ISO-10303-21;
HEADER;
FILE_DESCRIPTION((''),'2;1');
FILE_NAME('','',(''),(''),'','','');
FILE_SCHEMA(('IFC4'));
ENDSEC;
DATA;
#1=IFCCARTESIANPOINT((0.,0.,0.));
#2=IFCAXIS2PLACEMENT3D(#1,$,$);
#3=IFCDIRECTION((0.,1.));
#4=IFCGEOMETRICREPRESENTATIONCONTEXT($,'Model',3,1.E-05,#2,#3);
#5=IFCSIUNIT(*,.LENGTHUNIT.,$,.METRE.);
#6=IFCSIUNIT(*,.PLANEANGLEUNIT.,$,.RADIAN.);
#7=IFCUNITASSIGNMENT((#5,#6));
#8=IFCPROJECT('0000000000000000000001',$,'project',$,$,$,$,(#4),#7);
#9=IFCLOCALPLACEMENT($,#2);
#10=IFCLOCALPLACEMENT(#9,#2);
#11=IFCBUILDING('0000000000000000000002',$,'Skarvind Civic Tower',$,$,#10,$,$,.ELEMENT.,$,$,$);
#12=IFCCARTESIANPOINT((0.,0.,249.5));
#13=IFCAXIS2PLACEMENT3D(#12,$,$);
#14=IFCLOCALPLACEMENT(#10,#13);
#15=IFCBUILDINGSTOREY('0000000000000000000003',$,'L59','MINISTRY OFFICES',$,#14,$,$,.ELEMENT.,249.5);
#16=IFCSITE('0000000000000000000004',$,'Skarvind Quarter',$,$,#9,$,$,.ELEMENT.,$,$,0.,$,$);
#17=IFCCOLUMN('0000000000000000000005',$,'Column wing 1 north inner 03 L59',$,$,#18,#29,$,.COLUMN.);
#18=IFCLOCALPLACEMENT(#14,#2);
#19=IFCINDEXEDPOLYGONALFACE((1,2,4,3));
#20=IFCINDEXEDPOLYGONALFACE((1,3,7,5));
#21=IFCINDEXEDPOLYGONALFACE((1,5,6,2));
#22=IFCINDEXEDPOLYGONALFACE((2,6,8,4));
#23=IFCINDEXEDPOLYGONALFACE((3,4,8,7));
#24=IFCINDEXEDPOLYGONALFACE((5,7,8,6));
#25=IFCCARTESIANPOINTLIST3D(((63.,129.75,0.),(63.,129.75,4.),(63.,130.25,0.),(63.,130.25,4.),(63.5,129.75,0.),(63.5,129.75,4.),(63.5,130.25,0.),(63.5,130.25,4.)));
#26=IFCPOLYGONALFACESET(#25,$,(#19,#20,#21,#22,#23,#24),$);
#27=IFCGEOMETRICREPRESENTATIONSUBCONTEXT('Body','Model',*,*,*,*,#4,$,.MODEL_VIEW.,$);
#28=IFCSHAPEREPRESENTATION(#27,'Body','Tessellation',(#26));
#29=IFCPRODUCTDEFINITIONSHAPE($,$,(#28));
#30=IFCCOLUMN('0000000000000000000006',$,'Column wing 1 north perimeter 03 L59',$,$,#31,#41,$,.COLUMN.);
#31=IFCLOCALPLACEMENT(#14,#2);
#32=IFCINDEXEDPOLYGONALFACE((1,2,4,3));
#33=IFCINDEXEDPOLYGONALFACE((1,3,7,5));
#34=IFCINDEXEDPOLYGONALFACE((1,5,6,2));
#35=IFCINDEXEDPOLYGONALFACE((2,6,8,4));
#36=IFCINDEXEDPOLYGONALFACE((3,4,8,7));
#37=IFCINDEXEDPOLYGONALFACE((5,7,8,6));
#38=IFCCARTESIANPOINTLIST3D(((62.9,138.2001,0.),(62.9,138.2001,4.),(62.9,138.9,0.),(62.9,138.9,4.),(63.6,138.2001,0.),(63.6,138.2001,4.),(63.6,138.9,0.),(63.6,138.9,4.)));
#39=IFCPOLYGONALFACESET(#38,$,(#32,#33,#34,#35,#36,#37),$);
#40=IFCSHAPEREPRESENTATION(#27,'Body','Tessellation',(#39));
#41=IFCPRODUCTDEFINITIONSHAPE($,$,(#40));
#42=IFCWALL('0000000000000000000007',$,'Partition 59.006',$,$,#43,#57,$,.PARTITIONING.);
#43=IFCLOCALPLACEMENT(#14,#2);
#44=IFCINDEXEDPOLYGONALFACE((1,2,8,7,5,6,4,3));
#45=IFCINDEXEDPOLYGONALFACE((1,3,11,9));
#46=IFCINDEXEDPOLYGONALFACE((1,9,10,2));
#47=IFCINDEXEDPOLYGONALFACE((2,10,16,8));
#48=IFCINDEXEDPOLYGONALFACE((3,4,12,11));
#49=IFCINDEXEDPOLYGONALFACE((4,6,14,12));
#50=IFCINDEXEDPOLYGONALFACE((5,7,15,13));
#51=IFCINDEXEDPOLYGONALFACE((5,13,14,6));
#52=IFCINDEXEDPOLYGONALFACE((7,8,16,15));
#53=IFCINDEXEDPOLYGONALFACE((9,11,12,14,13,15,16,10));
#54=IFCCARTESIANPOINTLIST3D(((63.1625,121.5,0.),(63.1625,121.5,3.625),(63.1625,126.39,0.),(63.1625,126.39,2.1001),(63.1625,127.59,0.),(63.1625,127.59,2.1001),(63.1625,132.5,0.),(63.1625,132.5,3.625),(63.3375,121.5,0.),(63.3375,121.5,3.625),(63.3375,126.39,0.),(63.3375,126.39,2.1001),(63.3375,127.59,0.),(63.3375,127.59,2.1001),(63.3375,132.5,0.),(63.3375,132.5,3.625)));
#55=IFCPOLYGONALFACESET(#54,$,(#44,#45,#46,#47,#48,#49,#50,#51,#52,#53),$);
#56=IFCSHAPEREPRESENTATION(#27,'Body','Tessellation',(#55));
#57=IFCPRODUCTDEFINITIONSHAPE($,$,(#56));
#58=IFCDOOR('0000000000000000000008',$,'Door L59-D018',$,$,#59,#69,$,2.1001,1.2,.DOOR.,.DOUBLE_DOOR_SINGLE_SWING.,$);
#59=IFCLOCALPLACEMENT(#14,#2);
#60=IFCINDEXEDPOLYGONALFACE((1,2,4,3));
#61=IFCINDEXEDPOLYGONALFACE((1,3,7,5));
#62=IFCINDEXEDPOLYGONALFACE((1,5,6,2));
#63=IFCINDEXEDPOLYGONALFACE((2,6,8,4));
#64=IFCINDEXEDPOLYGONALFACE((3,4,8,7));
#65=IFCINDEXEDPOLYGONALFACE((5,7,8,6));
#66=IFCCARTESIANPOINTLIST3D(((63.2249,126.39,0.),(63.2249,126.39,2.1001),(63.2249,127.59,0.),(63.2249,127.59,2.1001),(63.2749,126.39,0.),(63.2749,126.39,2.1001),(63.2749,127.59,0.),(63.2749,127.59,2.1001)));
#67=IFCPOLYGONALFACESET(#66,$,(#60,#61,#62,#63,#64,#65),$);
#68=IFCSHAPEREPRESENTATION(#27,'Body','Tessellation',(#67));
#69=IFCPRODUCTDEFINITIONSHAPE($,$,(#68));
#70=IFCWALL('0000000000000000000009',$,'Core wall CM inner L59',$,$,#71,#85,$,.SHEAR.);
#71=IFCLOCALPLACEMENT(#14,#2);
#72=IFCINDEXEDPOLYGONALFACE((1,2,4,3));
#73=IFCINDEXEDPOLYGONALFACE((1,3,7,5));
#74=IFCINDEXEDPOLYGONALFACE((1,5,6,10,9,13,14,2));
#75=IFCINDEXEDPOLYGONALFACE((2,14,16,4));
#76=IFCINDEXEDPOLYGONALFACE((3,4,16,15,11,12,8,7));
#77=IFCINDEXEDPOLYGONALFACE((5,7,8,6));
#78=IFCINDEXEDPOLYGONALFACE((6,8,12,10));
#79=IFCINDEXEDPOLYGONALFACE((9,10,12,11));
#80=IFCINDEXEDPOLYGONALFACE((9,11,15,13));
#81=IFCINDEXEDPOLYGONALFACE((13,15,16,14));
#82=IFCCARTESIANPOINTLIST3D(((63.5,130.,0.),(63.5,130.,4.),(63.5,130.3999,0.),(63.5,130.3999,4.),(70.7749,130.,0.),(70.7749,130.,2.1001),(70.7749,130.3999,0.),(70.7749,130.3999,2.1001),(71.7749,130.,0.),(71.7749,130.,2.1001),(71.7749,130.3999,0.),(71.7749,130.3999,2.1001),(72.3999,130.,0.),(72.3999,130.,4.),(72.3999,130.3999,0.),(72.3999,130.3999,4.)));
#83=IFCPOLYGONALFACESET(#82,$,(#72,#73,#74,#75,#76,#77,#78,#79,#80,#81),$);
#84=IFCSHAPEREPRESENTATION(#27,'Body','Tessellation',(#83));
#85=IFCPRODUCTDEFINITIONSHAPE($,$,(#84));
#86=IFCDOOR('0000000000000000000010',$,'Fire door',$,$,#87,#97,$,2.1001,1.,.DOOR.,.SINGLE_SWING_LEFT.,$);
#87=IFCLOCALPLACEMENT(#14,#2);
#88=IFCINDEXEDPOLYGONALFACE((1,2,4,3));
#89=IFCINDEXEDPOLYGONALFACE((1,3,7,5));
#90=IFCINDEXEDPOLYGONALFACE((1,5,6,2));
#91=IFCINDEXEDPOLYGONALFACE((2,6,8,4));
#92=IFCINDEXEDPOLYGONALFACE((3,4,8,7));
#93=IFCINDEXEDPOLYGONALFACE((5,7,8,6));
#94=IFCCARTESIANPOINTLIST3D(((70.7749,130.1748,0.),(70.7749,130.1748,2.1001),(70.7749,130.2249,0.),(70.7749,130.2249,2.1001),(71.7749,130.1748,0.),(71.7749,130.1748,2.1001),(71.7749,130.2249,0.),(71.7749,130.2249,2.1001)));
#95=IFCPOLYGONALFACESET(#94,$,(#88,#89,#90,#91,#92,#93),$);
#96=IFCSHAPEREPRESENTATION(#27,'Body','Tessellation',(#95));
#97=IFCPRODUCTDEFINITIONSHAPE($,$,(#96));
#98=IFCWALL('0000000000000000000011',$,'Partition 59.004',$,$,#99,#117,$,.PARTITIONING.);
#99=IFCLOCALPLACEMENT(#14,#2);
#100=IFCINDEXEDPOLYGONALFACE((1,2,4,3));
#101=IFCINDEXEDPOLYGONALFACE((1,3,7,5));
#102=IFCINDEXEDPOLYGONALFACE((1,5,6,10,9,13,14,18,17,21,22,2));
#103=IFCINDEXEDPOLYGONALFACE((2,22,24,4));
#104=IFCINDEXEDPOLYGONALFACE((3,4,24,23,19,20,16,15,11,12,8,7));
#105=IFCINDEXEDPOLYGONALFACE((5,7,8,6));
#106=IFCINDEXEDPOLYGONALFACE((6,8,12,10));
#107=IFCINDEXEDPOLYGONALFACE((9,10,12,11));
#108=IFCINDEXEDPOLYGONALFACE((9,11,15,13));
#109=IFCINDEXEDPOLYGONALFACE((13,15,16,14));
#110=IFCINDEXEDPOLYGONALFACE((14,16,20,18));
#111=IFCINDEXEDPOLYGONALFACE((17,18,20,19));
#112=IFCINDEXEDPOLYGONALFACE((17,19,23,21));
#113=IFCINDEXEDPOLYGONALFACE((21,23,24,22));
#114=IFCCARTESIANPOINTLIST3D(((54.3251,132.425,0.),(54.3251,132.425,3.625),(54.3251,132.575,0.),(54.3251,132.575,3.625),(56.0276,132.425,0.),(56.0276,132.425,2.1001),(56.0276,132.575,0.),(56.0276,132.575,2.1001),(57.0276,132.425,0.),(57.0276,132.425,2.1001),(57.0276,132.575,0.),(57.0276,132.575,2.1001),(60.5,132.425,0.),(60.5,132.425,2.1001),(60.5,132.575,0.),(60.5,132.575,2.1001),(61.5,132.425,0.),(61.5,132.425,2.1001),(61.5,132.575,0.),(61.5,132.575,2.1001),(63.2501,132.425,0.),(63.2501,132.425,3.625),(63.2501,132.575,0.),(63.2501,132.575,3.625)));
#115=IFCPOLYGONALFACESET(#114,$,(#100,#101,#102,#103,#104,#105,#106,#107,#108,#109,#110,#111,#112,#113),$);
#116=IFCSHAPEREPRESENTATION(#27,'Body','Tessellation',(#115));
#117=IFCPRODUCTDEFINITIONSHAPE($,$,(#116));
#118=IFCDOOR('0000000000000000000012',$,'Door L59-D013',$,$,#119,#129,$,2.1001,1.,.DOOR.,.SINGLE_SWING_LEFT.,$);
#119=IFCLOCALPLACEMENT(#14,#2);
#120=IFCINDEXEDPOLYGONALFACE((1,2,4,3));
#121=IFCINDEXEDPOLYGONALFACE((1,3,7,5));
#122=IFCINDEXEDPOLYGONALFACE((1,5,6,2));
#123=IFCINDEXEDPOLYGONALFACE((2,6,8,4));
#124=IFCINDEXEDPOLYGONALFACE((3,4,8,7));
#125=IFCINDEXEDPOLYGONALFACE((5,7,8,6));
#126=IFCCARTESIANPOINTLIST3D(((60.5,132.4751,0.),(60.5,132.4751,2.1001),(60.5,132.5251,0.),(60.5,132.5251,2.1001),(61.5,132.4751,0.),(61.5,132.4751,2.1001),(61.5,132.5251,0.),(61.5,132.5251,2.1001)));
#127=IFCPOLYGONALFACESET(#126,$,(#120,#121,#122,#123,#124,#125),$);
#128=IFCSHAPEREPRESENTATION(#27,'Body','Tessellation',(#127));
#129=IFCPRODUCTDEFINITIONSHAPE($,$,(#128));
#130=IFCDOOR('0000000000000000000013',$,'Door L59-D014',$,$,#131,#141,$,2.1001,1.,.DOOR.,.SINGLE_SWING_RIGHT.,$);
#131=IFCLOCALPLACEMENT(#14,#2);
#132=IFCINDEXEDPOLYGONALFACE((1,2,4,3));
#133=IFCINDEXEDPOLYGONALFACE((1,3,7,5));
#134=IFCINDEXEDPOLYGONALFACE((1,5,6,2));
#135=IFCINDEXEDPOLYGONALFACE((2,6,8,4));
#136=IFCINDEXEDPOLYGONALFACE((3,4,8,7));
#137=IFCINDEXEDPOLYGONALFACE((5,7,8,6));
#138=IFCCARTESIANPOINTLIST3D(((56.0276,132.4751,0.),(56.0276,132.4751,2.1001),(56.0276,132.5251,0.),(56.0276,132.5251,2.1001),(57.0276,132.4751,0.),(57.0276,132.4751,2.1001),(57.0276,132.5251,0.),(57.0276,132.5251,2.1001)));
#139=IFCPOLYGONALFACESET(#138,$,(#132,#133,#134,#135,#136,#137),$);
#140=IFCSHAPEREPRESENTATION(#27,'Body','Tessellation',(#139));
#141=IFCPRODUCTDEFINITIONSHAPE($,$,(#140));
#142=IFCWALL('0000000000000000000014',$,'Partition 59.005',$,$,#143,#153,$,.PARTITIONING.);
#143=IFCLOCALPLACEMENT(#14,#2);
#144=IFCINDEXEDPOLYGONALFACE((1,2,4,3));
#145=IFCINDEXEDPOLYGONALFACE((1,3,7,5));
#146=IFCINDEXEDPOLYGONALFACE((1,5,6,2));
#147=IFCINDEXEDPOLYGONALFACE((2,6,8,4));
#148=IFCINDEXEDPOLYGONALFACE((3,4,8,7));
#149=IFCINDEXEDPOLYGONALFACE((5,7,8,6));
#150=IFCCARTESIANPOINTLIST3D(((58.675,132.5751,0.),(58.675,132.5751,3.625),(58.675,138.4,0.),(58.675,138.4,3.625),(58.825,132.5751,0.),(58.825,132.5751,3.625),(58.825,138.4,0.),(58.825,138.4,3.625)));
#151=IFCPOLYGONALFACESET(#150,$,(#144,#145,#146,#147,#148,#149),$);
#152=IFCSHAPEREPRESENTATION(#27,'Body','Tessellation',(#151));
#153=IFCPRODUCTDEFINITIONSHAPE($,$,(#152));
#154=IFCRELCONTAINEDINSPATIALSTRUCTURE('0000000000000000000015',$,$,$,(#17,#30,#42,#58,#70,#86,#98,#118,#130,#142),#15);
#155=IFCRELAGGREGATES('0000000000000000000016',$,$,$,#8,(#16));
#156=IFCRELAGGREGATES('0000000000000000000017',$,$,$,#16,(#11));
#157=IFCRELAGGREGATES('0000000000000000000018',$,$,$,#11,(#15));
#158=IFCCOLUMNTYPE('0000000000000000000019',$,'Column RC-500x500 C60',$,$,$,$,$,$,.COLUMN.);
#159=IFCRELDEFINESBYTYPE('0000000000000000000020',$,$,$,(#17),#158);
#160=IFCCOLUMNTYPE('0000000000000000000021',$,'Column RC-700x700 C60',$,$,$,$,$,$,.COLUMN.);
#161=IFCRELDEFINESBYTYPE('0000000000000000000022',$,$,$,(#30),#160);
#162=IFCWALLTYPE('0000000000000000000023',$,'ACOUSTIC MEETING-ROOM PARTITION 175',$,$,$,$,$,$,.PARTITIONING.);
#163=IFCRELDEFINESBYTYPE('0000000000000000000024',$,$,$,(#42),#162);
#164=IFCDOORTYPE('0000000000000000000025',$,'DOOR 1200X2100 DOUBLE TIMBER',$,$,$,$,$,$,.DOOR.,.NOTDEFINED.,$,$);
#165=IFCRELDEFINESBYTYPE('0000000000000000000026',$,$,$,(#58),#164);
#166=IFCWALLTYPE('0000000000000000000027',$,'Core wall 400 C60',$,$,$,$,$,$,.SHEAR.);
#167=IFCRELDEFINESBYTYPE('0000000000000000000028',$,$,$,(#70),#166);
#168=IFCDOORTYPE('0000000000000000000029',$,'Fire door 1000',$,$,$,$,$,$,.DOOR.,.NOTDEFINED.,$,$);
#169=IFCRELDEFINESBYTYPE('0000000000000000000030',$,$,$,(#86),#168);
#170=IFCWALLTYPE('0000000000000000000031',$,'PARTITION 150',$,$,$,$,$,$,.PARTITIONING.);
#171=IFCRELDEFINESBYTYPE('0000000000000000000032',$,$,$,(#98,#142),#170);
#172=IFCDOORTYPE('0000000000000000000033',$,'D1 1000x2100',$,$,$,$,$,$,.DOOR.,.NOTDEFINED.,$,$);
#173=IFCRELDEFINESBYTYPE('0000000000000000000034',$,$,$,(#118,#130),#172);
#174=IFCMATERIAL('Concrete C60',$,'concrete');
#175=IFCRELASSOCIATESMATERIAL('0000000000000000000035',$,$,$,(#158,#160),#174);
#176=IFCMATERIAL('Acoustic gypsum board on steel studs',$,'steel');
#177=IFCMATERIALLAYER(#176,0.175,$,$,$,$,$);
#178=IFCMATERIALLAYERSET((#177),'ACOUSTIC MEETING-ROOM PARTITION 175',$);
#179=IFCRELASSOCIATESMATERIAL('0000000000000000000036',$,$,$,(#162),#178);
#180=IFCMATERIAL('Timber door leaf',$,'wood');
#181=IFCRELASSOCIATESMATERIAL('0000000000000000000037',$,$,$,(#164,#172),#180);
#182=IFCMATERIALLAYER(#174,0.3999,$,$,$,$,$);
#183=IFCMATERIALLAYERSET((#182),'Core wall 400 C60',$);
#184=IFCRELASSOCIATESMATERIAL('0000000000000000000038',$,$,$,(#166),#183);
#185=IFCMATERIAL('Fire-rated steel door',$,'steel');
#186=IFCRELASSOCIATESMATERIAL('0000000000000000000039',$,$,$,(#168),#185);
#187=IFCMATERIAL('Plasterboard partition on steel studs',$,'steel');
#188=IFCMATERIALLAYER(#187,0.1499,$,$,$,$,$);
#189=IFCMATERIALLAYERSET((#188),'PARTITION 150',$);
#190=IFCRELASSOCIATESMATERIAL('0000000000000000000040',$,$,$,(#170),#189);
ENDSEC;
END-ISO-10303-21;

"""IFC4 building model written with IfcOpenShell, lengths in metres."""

from ifc_helpers import new_model, si_unit, direction, frame, frame_2d, origin, origin_2d, place, context, subcontext, project, spatial, rectangle, extrude, material, layer, layer_set, material_profile, profile_set, type_object, element, fill, save


model = new_model("IFC4")

# Units and contexts
model_context = context("Model", 3, precision=1e-05, world=origin(), true_north=direction((0.0, 1.0)))
body_context = subcontext(model_context, "Body", "Model", "MODEL_VIEW")
ifc_project = project(units=[si_unit("LENGTHUNIT", "METRE"), si_unit("PLANEANGLEUNIT", "RADIAN")], contexts=[model_context])

# Site, building, storey
site_placement = place(None, origin())
site = spatial("IfcSite", under=ifc_project, at=site_placement, Name="Skarvind Quarter", CompositionType="ELEMENT", RefElevation=0.0)
building_placement = place(site_placement, origin())
building = spatial("IfcBuilding", under=site, at=building_placement, Name="Skarvind Civic Tower", CompositionType="ELEMENT")
storey_placement = place(building_placement, frame((0.0, 0.0, 249.5)))
storey = spatial("IfcBuildingStorey", under=building, at=storey_placement, Name="L59", Description="MINISTRY OFFICES", CompositionType="ELEMENT", Elevation=249.5)

# Columns
ifc_material_1 = material(Name="Concrete C60", Category="concrete")
ifc_material_profile_1 = material_profile(ifc_material_1, rectangle(XDim=0.5, YDim=0.5, at=origin_2d()), Name="RC-500x500")
ifc_profile_set_1 = profile_set([ifc_material_profile_1], Name="Concrete C60")
column_type_1 = type_object("IfcColumnType", Name="Column RC-500x500 C60", PredefinedType="COLUMN", material=ifc_profile_set_1)
column_1_placement = place(storey_placement, frame((63.25, 130.0, 0.0), z_axis=(0.0, 0.0, 1.0), x_axis=(1.0, 0.0, 0.0)))
element("IfcColumn", 1, at=column_1_placement, inside=storey, type_object=column_type_1, Name="Column wing 1 north inner 03 L59", PredefinedType="COLUMN", context=body_context, shape_type="SweptSolid", body=[
    extrude(rectangle(XDim=0.5, YDim=0.5, at=origin_2d()), origin(), (0.0, 0.0, 1.0), 4.0),
])
ifc_material_profile_2 = material_profile(ifc_material_1, rectangle(XDim=0.7, YDim=0.7, at=origin_2d()), Name="RC-700x700")
ifc_profile_set_2 = profile_set([ifc_material_profile_2], Name="Concrete C60")
column_type_2 = type_object("IfcColumnType", Name="Column RC-700x700 C60", PredefinedType="COLUMN", material=ifc_profile_set_2)
column_2_placement = place(storey_placement, frame((63.25, 138.55, 0.0), z_axis=(0.0, 0.0, 1.0), x_axis=(1.0, 0.0, 0.0)))
element("IfcColumn", 2, at=column_2_placement, inside=storey, type_object=column_type_2, Name="Column wing 1 north perimeter 03 L59", PredefinedType="COLUMN", context=body_context, shape_type="SweptSolid", body=[
    extrude(rectangle(XDim=0.7, YDim=0.7, at=origin_2d()), origin(), (0.0, 0.0, 1.0), 4.0),
])

# Walls, openings, doors
ifc_material_2 = material(Name="Acoustic gypsum board on steel studs", Category="steel")
ifc_layer_1 = layer(ifc_material_2, 0.175)
ifc_layer_set_1 = layer_set([ifc_layer_1], Name="ACOUSTIC MEETING-ROOM PARTITION 175")
wall_type_1 = type_object("IfcWallType", Name="ACOUSTIC MEETING-ROOM PARTITION 175", PredefinedType="PARTITIONING", material=ifc_layer_set_1)
wall_1_placement = place(storey_placement, frame((63.25, 132.5, 0.0), z_axis=(0.0, 0.0, 1.0), x_axis=(0.0, -1.0, 0.0)))
wall_1 = element("IfcWall", 3, at=wall_1_placement, inside=storey, type_object=wall_type_1, Name="Partition 59.006", PredefinedType="PARTITIONING", context=body_context, shape_type="SweptSolid", body=[
    extrude(rectangle(XDim=11.0, YDim=0.175, at=frame_2d((5.5, 0.0))), origin(), (0.0, 0.0, 1.0), 3.625),
])
opening_1_placement = place(wall_1_placement, frame((4.9099, 0.0, 0.0)))
opening_1 = element("IfcOpeningElement", 4, at=opening_1_placement, cuts=wall_1, PredefinedType="OPENING", context=body_context, shape_type="SweptSolid", body=[
    extrude(rectangle(XDim=1.2, YDim=2.1001, at=frame_2d((0.6001, 1.05))), frame((0.0, 0.0974, 0.0), z_axis=(0.0, -1.0, 0.0), x_axis=(1.0, 0.0, 0.0)), (0.0, 0.0, 1.0), 0.1951),
])
ifc_material_3 = material(Name="Timber door leaf", Category="wood")
door_type_1 = type_object("IfcDoorType", Name="DOOR 1200X2100 DOUBLE TIMBER", OperationType="NOTDEFINED", PredefinedType="DOOR", material=ifc_material_3)
door_1_placement = place(opening_1_placement, origin())
door_1 = element("IfcDoor", 5, at=door_1_placement, inside=storey, type_object=door_type_1, Name="Door L59-D018", OperationType="DOUBLE_DOOR_SINGLE_SWING", OverallHeight=2.1001, OverallWidth=1.2, PredefinedType="DOOR", context=body_context, shape_type="SweptSolid", body=[
    extrude(rectangle(XDim=1.2, YDim=2.1001, at=frame_2d((0.6001, 1.05))), frame((0.0, 0.0249, 0.0), z_axis=(0.0, -1.0, 0.0), x_axis=(1.0, 0.0, 0.0)), (0.0, 0.0, 1.0), 0.05),
])
fill(opening_1, door_1)
ifc_layer_2 = layer(ifc_material_1, 0.3999)
ifc_layer_set_2 = layer_set([ifc_layer_2], Name="Core wall 400 C60")
wall_type_2 = type_object("IfcWallType", Name="Core wall 400 C60", PredefinedType="SHEAR", material=ifc_layer_set_2)
wall_2_placement = place(storey_placement, frame((63.5, 130.2, 0.0), z_axis=(0.0, 0.0, 1.0), x_axis=(1.0, 0.0, 0.0)))
wall_2 = element("IfcWall", 6, at=wall_2_placement, inside=storey, type_object=wall_type_2, Name="Core wall CM inner L59", PredefinedType="SHEAR", context=body_context, shape_type="SweptSolid", body=[
    extrude(rectangle(XDim=8.8999, YDim=0.3999, at=frame_2d((4.45, 0.0))), origin(), (0.0, 0.0, 1.0), 4.0),
])
opening_2_placement = place(wall_2_placement, frame((7.2749, 0.0, 0.0)))
opening_2 = element("IfcOpeningElement", 7, at=opening_2_placement, cuts=wall_2, PredefinedType="OPENING", context=body_context, shape_type="SweptSolid", body=[
    extrude(rectangle(XDim=1.0, YDim=2.1001, at=frame_2d((0.5, 1.05))), frame((0.0, 0.21, 0.0), z_axis=(0.0, -1.0, 0.0), x_axis=(1.0, 0.0, 0.0)), (0.0, 0.0, 1.0), 0.4199),
])
ifc_material_4 = material(Name="Fire-rated steel door", Category="steel")
door_type_2 = type_object("IfcDoorType", Name="Fire door 1000", OperationType="NOTDEFINED", PredefinedType="DOOR", material=ifc_material_4)
door_2_placement = place(opening_2_placement, origin())
door_2 = element("IfcDoor", 8, at=door_2_placement, inside=storey, type_object=door_type_2, Name="Fire door", OperationType="SINGLE_SWING_LEFT", OverallHeight=2.1001, OverallWidth=1.0, PredefinedType="DOOR", context=body_context, shape_type="SweptSolid", body=[
    extrude(rectangle(XDim=1.0, YDim=2.1001, at=frame_2d((0.5, 1.05))), frame((0.0, 0.0249, 0.0), z_axis=(0.0, -1.0, 0.0), x_axis=(1.0, 0.0, 0.0)), (0.0, 0.0, 1.0), 0.05),
])
fill(opening_2, door_2)

# Wall, openings, doors
ifc_material_5 = material(Name="Plasterboard partition on steel studs", Category="steel")
ifc_layer_3 = layer(ifc_material_5, 0.1499)
ifc_layer_set_3 = layer_set([ifc_layer_3], Name="PARTITION 150")
wall_type_3 = type_object("IfcWallType", Name="PARTITION 150", PredefinedType="PARTITIONING", material=ifc_layer_set_3)
wall_3_placement = place(storey_placement, frame((63.25, 132.5, 0.0), z_axis=(0.0, 0.0, 1.0), x_axis=(-1.0, 0.0, 0.0)))
wall_3 = element("IfcWall", 9, at=wall_3_placement, inside=storey, type_object=wall_type_3, Name="Partition 59.004", PredefinedType="PARTITIONING", context=body_context, shape_type="SweptSolid", body=[
    extrude(rectangle(XDim=8.925, YDim=0.1499, at=frame_2d((4.4624, 0.0))), origin(), (0.0, 0.0, 1.0), 3.625),
])
opening_3_placement = place(wall_3_placement, frame((1.75, 0.0, 0.0)))
opening_3 = element("IfcOpeningElement", 10, at=opening_3_placement, cuts=wall_3, PredefinedType="OPENING", context=body_context, shape_type="SweptSolid", body=[
    extrude(rectangle(XDim=1.0, YDim=2.1001, at=frame_2d((0.5, 1.05))), frame((0.0, 0.085, 0.0), z_axis=(0.0, -1.0, 0.0), x_axis=(1.0, 0.0, 0.0)), (0.0, 0.0, 1.0), 0.1699),
])
opening_4_placement = place(wall_3_placement, frame((6.2224, 0.0, 0.0)))
opening_4 = element("IfcOpeningElement", 11, at=opening_4_placement, cuts=wall_3, PredefinedType="OPENING", context=body_context, shape_type="SweptSolid", body=[
    extrude(rectangle(XDim=1.0, YDim=2.1001, at=frame_2d((0.5, 1.05))), frame((0.0, 0.085, 0.0), z_axis=(0.0, -1.0, 0.0), x_axis=(1.0, 0.0, 0.0)), (0.0, 0.0, 1.0), 0.1699),
])
door_type_3 = type_object("IfcDoorType", Name="D1 1000x2100", OperationType="NOTDEFINED", PredefinedType="DOOR", material=ifc_material_3)
door_3_placement = place(opening_3_placement, origin())
door_3 = element("IfcDoor", 12, at=door_3_placement, inside=storey, type_object=door_type_3, Name="Door L59-D013", OperationType="SINGLE_SWING_LEFT", OverallHeight=2.1001, OverallWidth=1.0, PredefinedType="DOOR", context=body_context, shape_type="SweptSolid", body=[
    extrude(rectangle(XDim=1.0, YDim=2.1001, at=frame_2d((0.5, 1.05))), frame((0.0, 0.0249, 0.0), z_axis=(0.0, -1.0, 0.0), x_axis=(1.0, 0.0, 0.0)), (0.0, 0.0, 1.0), 0.05),
])
fill(opening_3, door_3)
door_4_placement = place(opening_4_placement, origin())
door_4 = element("IfcDoor", 13, at=door_4_placement, inside=storey, type_object=door_type_3, Name="Door L59-D014", OperationType="SINGLE_SWING_RIGHT", OverallHeight=2.1001, OverallWidth=1.0, PredefinedType="DOOR", context=body_context, shape_type="SweptSolid", body=[
    extrude(rectangle(XDim=1.0, YDim=2.1001, at=frame_2d((0.5, 1.05))), frame((0.0, 0.0249, 0.0), z_axis=(0.0, -1.0, 0.0), x_axis=(1.0, 0.0, 0.0)), (0.0, 0.0, 1.0), 0.05),
])
fill(opening_4, door_4)

# Wall
wall_4_placement = place(storey_placement, frame((58.75, 132.575, 0.0), z_axis=(0.0, 0.0, 1.0), x_axis=(0.0, 1.0, 0.0)))
element("IfcWall", 14, at=wall_4_placement, inside=storey, type_object=wall_type_3, Name="Partition 59.005", PredefinedType="PARTITIONING", context=body_context, shape_type="SweptSolid", body=[
    extrude(rectangle(XDim=5.825, YDim=0.1499, at=frame_2d((2.9126, 0.0))), origin(), (0.0, 0.0, 1.0), 3.625),
])

save(model, "model.ifc")
